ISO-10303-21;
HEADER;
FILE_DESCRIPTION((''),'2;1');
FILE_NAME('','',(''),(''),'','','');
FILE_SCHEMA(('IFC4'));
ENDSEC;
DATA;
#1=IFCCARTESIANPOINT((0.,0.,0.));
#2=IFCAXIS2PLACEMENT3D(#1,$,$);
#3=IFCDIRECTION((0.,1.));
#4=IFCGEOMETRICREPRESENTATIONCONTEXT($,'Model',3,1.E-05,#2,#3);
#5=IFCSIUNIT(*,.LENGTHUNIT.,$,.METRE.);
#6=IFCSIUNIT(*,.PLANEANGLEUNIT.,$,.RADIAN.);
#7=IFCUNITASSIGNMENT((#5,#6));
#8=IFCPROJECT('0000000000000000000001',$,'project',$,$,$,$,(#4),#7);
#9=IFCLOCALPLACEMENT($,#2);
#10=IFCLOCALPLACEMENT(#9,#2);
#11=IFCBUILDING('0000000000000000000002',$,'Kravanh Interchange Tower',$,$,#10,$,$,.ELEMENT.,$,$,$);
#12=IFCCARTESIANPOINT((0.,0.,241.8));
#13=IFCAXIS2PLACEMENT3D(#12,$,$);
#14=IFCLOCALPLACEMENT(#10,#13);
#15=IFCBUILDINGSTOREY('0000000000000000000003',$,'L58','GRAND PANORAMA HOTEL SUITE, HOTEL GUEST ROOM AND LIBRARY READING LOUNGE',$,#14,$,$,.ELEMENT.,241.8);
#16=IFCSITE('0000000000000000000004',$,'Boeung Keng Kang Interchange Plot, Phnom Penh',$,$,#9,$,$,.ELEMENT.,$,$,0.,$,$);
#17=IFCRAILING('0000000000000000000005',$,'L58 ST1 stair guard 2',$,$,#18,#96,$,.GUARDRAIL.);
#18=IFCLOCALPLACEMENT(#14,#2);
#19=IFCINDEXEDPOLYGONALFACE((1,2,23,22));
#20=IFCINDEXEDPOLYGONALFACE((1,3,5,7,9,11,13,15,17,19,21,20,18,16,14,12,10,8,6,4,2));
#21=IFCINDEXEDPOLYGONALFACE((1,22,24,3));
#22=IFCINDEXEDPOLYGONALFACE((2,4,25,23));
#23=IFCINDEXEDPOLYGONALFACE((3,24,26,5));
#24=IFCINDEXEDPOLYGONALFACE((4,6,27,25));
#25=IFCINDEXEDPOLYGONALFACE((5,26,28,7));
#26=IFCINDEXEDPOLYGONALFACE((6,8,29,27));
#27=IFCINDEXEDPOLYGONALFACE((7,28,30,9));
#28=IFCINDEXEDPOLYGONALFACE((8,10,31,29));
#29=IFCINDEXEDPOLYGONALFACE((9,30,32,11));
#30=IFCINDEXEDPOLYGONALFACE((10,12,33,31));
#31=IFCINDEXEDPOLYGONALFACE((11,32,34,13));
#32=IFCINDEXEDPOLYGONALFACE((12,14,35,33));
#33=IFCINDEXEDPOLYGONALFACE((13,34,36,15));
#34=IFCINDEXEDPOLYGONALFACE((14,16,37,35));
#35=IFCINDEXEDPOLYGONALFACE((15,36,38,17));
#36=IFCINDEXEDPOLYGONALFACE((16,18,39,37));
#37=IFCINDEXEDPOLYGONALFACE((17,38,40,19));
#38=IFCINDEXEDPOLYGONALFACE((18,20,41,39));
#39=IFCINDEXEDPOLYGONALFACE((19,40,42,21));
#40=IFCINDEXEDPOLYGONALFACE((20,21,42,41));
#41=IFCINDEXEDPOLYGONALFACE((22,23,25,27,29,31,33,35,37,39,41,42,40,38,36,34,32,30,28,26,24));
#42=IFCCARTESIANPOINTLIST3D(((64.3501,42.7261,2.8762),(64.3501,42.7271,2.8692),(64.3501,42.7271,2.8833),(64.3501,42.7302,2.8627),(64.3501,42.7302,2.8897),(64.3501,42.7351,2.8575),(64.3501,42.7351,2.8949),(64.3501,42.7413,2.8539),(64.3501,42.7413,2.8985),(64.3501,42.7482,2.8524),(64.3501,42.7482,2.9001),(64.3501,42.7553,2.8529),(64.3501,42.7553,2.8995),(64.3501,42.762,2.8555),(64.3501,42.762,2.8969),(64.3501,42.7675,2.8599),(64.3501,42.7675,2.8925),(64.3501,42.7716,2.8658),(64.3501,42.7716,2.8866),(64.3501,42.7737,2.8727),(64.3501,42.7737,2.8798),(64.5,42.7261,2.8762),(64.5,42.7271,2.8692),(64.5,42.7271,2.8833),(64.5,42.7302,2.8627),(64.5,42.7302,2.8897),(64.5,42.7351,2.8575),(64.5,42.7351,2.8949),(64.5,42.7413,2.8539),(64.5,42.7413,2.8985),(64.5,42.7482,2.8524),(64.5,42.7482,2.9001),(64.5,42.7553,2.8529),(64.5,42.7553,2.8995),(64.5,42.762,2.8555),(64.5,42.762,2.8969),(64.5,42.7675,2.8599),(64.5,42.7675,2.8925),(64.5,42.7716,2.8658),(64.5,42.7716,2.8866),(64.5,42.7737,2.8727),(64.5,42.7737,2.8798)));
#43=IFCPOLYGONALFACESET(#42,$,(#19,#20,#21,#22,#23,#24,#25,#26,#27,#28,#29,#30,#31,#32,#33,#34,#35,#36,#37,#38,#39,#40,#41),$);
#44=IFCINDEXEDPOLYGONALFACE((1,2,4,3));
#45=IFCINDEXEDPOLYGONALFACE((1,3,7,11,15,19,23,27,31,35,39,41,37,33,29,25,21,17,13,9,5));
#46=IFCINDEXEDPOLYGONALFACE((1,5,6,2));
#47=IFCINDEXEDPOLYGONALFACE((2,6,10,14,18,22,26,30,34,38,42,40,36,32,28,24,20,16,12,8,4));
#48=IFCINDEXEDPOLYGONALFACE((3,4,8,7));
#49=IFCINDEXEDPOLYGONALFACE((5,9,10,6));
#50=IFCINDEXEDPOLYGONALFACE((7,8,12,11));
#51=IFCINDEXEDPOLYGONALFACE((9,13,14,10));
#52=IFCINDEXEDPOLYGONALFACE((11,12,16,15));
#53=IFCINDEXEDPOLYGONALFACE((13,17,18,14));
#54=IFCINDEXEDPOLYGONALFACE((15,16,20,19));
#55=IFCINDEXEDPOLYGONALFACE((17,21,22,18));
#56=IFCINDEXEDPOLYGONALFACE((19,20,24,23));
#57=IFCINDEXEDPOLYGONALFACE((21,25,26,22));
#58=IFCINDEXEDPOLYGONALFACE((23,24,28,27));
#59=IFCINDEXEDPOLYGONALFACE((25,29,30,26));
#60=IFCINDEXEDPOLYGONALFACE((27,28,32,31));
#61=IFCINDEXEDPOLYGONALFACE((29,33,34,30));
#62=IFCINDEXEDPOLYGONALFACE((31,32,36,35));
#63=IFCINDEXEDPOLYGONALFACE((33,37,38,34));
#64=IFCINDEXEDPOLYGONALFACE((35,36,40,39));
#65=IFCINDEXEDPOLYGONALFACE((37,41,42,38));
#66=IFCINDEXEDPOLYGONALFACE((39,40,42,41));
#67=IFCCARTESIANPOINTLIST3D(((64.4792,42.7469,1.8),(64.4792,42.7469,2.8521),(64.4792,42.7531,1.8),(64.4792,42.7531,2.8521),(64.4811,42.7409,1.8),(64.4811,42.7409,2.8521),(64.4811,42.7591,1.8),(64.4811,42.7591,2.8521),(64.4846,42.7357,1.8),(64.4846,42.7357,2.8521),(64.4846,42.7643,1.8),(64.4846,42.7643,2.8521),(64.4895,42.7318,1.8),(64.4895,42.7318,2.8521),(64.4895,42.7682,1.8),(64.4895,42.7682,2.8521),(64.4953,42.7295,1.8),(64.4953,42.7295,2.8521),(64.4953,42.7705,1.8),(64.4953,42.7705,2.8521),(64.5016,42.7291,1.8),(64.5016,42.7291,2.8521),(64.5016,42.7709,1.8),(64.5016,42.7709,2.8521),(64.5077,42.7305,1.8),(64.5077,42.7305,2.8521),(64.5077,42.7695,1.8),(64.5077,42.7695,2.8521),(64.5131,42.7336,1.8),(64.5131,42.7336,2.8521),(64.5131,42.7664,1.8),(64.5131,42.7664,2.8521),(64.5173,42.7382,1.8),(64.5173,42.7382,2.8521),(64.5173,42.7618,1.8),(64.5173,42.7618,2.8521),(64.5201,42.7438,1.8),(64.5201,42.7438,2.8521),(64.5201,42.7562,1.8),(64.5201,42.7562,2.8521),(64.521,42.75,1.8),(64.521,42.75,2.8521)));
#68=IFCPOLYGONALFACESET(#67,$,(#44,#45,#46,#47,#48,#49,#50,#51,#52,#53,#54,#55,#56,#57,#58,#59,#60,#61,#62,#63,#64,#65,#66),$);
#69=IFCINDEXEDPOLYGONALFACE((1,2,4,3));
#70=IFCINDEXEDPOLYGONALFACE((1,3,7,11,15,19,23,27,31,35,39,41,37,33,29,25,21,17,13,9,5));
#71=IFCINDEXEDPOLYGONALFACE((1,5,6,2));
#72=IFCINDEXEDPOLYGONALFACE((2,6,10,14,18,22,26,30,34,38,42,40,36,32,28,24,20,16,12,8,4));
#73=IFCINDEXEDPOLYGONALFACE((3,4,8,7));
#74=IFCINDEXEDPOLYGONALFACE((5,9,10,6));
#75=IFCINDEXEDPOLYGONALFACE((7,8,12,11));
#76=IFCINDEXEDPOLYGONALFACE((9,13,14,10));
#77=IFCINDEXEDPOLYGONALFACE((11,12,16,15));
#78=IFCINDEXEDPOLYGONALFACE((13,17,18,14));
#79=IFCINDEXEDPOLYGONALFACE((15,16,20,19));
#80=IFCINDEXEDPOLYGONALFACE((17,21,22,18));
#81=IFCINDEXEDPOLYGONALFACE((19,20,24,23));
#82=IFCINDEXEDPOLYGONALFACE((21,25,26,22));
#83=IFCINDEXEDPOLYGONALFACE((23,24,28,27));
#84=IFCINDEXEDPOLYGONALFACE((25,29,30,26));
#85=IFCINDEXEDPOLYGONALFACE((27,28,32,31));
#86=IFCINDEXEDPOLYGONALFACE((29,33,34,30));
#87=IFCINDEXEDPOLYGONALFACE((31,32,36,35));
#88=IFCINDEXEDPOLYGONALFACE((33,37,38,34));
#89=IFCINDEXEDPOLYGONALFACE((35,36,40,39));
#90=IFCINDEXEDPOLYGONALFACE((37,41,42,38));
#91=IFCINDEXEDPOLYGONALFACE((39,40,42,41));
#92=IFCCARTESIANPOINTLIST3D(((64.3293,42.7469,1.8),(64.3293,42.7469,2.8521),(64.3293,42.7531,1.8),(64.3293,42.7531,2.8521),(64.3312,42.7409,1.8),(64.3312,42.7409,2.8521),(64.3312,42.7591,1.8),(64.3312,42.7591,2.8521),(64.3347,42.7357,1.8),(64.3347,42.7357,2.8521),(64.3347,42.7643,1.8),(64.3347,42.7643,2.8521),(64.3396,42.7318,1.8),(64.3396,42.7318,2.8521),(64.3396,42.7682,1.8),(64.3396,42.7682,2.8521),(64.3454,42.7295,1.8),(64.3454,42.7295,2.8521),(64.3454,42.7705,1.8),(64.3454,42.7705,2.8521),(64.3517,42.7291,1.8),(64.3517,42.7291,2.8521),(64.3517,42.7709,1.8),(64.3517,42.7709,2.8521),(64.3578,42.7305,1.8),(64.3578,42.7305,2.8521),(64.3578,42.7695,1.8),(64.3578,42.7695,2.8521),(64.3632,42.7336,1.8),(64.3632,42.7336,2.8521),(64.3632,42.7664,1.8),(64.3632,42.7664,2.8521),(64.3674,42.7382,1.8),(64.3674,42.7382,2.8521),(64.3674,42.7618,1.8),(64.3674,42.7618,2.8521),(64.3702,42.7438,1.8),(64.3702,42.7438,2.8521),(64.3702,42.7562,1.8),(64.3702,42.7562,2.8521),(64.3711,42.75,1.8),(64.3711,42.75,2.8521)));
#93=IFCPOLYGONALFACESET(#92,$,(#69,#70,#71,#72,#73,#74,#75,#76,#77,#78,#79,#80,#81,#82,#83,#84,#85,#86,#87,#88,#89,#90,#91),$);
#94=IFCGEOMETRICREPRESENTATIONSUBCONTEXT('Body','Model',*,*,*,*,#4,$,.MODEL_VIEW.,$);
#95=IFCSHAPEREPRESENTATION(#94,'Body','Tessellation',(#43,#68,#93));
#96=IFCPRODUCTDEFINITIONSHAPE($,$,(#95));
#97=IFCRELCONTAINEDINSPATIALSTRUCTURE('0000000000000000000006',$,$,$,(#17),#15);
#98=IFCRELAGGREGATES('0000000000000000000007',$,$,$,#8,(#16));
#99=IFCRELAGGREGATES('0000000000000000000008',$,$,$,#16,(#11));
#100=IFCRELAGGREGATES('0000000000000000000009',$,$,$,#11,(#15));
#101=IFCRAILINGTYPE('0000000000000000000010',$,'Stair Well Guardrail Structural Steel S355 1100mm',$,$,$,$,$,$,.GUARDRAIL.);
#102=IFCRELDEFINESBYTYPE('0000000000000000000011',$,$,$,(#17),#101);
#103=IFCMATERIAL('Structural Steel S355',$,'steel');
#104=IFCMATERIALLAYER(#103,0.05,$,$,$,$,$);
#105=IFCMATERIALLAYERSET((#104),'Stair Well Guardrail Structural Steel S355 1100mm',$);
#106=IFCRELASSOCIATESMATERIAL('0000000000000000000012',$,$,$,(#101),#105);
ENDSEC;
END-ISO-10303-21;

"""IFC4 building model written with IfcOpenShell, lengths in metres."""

from ifc_helpers import new_model, si_unit, direction, frame, origin, origin_2d, place, context, subcontext, project, spatial, circle, extrude, material, layer, layer_set, type_object, element, save


model = new_model("IFC4")

# Units and contexts
model_context = context("Model", 3, precision=1e-05, world=origin(), true_north=direction((0.0, 1.0)))
body_context = subcontext(model_context, "Body", "Model", "MODEL_VIEW")
ifc_project = project(units=[si_unit("LENGTHUNIT", "METRE"), si_unit("PLANEANGLEUNIT", "RADIAN")], contexts=[model_context])

# Site, building, storey
site_placement = place(None, origin())
site = spatial("IfcSite", under=ifc_project, at=site_placement, Name="Boeung Keng Kang Interchange Plot, Phnom Penh", CompositionType="ELEMENT", RefElevation=0.0)
building_placement = place(site_placement, origin())
building = spatial("IfcBuilding", under=site, at=building_placement, Name="Kravanh Interchange Tower", CompositionType="ELEMENT")
storey_placement = place(building_placement, frame((0.0, 0.0, 241.8)))
storey = spatial("IfcBuildingStorey", under=building, at=storey_placement, Name="L58", Description="GRAND PANORAMA HOTEL SUITE, HOTEL GUEST ROOM AND LIBRARY READING LOUNGE", CompositionType="ELEMENT", Elevation=241.8)

# Railing
ifc_material_1 = material(Name="Structural Steel S355", Category="steel")
ifc_layer_1 = layer(ifc_material_1, 0.05)
ifc_layer_set_1 = layer_set([ifc_layer_1], Name="Stair Well Guardrail Structural Steel S355 1100mm")
railing_type_1 = type_object("IfcRailingType", Name="Stair Well Guardrail Structural Steel S355 1100mm", PredefinedType="GUARDRAIL", material=ifc_layer_set_1)
railing_1_placement = place(storey_placement, frame((64.5, 42.75, 1.8)))
element("IfcRailing", 1, at=railing_1_placement, inside=storey, type_object=railing_type_1, Name="L58 ST1 stair guard 2", PredefinedType="GUARDRAIL", context=body_context, shape_type="SweptSolid", body=[
    extrude(circle(Radius=0.0239, at=origin_2d()), frame((0.0, 0.0, 1.0762), z_axis=(-1.0, 0.0, 0.0), x_axis=(0.0, -1.0, 0.0)), (0.0, 0.0, 1.0), 0.1499),
    extrude(circle(Radius=0.021, at=origin_2d()), origin(), (0.0, 0.0, 1.0), 1.052),
    extrude(circle(Radius=0.021, at=origin_2d()), frame((-0.1499, 0.0, 0.0)), (0.0, 0.0, 1.0), 1.052),
])

save(model, "model.ifc")
